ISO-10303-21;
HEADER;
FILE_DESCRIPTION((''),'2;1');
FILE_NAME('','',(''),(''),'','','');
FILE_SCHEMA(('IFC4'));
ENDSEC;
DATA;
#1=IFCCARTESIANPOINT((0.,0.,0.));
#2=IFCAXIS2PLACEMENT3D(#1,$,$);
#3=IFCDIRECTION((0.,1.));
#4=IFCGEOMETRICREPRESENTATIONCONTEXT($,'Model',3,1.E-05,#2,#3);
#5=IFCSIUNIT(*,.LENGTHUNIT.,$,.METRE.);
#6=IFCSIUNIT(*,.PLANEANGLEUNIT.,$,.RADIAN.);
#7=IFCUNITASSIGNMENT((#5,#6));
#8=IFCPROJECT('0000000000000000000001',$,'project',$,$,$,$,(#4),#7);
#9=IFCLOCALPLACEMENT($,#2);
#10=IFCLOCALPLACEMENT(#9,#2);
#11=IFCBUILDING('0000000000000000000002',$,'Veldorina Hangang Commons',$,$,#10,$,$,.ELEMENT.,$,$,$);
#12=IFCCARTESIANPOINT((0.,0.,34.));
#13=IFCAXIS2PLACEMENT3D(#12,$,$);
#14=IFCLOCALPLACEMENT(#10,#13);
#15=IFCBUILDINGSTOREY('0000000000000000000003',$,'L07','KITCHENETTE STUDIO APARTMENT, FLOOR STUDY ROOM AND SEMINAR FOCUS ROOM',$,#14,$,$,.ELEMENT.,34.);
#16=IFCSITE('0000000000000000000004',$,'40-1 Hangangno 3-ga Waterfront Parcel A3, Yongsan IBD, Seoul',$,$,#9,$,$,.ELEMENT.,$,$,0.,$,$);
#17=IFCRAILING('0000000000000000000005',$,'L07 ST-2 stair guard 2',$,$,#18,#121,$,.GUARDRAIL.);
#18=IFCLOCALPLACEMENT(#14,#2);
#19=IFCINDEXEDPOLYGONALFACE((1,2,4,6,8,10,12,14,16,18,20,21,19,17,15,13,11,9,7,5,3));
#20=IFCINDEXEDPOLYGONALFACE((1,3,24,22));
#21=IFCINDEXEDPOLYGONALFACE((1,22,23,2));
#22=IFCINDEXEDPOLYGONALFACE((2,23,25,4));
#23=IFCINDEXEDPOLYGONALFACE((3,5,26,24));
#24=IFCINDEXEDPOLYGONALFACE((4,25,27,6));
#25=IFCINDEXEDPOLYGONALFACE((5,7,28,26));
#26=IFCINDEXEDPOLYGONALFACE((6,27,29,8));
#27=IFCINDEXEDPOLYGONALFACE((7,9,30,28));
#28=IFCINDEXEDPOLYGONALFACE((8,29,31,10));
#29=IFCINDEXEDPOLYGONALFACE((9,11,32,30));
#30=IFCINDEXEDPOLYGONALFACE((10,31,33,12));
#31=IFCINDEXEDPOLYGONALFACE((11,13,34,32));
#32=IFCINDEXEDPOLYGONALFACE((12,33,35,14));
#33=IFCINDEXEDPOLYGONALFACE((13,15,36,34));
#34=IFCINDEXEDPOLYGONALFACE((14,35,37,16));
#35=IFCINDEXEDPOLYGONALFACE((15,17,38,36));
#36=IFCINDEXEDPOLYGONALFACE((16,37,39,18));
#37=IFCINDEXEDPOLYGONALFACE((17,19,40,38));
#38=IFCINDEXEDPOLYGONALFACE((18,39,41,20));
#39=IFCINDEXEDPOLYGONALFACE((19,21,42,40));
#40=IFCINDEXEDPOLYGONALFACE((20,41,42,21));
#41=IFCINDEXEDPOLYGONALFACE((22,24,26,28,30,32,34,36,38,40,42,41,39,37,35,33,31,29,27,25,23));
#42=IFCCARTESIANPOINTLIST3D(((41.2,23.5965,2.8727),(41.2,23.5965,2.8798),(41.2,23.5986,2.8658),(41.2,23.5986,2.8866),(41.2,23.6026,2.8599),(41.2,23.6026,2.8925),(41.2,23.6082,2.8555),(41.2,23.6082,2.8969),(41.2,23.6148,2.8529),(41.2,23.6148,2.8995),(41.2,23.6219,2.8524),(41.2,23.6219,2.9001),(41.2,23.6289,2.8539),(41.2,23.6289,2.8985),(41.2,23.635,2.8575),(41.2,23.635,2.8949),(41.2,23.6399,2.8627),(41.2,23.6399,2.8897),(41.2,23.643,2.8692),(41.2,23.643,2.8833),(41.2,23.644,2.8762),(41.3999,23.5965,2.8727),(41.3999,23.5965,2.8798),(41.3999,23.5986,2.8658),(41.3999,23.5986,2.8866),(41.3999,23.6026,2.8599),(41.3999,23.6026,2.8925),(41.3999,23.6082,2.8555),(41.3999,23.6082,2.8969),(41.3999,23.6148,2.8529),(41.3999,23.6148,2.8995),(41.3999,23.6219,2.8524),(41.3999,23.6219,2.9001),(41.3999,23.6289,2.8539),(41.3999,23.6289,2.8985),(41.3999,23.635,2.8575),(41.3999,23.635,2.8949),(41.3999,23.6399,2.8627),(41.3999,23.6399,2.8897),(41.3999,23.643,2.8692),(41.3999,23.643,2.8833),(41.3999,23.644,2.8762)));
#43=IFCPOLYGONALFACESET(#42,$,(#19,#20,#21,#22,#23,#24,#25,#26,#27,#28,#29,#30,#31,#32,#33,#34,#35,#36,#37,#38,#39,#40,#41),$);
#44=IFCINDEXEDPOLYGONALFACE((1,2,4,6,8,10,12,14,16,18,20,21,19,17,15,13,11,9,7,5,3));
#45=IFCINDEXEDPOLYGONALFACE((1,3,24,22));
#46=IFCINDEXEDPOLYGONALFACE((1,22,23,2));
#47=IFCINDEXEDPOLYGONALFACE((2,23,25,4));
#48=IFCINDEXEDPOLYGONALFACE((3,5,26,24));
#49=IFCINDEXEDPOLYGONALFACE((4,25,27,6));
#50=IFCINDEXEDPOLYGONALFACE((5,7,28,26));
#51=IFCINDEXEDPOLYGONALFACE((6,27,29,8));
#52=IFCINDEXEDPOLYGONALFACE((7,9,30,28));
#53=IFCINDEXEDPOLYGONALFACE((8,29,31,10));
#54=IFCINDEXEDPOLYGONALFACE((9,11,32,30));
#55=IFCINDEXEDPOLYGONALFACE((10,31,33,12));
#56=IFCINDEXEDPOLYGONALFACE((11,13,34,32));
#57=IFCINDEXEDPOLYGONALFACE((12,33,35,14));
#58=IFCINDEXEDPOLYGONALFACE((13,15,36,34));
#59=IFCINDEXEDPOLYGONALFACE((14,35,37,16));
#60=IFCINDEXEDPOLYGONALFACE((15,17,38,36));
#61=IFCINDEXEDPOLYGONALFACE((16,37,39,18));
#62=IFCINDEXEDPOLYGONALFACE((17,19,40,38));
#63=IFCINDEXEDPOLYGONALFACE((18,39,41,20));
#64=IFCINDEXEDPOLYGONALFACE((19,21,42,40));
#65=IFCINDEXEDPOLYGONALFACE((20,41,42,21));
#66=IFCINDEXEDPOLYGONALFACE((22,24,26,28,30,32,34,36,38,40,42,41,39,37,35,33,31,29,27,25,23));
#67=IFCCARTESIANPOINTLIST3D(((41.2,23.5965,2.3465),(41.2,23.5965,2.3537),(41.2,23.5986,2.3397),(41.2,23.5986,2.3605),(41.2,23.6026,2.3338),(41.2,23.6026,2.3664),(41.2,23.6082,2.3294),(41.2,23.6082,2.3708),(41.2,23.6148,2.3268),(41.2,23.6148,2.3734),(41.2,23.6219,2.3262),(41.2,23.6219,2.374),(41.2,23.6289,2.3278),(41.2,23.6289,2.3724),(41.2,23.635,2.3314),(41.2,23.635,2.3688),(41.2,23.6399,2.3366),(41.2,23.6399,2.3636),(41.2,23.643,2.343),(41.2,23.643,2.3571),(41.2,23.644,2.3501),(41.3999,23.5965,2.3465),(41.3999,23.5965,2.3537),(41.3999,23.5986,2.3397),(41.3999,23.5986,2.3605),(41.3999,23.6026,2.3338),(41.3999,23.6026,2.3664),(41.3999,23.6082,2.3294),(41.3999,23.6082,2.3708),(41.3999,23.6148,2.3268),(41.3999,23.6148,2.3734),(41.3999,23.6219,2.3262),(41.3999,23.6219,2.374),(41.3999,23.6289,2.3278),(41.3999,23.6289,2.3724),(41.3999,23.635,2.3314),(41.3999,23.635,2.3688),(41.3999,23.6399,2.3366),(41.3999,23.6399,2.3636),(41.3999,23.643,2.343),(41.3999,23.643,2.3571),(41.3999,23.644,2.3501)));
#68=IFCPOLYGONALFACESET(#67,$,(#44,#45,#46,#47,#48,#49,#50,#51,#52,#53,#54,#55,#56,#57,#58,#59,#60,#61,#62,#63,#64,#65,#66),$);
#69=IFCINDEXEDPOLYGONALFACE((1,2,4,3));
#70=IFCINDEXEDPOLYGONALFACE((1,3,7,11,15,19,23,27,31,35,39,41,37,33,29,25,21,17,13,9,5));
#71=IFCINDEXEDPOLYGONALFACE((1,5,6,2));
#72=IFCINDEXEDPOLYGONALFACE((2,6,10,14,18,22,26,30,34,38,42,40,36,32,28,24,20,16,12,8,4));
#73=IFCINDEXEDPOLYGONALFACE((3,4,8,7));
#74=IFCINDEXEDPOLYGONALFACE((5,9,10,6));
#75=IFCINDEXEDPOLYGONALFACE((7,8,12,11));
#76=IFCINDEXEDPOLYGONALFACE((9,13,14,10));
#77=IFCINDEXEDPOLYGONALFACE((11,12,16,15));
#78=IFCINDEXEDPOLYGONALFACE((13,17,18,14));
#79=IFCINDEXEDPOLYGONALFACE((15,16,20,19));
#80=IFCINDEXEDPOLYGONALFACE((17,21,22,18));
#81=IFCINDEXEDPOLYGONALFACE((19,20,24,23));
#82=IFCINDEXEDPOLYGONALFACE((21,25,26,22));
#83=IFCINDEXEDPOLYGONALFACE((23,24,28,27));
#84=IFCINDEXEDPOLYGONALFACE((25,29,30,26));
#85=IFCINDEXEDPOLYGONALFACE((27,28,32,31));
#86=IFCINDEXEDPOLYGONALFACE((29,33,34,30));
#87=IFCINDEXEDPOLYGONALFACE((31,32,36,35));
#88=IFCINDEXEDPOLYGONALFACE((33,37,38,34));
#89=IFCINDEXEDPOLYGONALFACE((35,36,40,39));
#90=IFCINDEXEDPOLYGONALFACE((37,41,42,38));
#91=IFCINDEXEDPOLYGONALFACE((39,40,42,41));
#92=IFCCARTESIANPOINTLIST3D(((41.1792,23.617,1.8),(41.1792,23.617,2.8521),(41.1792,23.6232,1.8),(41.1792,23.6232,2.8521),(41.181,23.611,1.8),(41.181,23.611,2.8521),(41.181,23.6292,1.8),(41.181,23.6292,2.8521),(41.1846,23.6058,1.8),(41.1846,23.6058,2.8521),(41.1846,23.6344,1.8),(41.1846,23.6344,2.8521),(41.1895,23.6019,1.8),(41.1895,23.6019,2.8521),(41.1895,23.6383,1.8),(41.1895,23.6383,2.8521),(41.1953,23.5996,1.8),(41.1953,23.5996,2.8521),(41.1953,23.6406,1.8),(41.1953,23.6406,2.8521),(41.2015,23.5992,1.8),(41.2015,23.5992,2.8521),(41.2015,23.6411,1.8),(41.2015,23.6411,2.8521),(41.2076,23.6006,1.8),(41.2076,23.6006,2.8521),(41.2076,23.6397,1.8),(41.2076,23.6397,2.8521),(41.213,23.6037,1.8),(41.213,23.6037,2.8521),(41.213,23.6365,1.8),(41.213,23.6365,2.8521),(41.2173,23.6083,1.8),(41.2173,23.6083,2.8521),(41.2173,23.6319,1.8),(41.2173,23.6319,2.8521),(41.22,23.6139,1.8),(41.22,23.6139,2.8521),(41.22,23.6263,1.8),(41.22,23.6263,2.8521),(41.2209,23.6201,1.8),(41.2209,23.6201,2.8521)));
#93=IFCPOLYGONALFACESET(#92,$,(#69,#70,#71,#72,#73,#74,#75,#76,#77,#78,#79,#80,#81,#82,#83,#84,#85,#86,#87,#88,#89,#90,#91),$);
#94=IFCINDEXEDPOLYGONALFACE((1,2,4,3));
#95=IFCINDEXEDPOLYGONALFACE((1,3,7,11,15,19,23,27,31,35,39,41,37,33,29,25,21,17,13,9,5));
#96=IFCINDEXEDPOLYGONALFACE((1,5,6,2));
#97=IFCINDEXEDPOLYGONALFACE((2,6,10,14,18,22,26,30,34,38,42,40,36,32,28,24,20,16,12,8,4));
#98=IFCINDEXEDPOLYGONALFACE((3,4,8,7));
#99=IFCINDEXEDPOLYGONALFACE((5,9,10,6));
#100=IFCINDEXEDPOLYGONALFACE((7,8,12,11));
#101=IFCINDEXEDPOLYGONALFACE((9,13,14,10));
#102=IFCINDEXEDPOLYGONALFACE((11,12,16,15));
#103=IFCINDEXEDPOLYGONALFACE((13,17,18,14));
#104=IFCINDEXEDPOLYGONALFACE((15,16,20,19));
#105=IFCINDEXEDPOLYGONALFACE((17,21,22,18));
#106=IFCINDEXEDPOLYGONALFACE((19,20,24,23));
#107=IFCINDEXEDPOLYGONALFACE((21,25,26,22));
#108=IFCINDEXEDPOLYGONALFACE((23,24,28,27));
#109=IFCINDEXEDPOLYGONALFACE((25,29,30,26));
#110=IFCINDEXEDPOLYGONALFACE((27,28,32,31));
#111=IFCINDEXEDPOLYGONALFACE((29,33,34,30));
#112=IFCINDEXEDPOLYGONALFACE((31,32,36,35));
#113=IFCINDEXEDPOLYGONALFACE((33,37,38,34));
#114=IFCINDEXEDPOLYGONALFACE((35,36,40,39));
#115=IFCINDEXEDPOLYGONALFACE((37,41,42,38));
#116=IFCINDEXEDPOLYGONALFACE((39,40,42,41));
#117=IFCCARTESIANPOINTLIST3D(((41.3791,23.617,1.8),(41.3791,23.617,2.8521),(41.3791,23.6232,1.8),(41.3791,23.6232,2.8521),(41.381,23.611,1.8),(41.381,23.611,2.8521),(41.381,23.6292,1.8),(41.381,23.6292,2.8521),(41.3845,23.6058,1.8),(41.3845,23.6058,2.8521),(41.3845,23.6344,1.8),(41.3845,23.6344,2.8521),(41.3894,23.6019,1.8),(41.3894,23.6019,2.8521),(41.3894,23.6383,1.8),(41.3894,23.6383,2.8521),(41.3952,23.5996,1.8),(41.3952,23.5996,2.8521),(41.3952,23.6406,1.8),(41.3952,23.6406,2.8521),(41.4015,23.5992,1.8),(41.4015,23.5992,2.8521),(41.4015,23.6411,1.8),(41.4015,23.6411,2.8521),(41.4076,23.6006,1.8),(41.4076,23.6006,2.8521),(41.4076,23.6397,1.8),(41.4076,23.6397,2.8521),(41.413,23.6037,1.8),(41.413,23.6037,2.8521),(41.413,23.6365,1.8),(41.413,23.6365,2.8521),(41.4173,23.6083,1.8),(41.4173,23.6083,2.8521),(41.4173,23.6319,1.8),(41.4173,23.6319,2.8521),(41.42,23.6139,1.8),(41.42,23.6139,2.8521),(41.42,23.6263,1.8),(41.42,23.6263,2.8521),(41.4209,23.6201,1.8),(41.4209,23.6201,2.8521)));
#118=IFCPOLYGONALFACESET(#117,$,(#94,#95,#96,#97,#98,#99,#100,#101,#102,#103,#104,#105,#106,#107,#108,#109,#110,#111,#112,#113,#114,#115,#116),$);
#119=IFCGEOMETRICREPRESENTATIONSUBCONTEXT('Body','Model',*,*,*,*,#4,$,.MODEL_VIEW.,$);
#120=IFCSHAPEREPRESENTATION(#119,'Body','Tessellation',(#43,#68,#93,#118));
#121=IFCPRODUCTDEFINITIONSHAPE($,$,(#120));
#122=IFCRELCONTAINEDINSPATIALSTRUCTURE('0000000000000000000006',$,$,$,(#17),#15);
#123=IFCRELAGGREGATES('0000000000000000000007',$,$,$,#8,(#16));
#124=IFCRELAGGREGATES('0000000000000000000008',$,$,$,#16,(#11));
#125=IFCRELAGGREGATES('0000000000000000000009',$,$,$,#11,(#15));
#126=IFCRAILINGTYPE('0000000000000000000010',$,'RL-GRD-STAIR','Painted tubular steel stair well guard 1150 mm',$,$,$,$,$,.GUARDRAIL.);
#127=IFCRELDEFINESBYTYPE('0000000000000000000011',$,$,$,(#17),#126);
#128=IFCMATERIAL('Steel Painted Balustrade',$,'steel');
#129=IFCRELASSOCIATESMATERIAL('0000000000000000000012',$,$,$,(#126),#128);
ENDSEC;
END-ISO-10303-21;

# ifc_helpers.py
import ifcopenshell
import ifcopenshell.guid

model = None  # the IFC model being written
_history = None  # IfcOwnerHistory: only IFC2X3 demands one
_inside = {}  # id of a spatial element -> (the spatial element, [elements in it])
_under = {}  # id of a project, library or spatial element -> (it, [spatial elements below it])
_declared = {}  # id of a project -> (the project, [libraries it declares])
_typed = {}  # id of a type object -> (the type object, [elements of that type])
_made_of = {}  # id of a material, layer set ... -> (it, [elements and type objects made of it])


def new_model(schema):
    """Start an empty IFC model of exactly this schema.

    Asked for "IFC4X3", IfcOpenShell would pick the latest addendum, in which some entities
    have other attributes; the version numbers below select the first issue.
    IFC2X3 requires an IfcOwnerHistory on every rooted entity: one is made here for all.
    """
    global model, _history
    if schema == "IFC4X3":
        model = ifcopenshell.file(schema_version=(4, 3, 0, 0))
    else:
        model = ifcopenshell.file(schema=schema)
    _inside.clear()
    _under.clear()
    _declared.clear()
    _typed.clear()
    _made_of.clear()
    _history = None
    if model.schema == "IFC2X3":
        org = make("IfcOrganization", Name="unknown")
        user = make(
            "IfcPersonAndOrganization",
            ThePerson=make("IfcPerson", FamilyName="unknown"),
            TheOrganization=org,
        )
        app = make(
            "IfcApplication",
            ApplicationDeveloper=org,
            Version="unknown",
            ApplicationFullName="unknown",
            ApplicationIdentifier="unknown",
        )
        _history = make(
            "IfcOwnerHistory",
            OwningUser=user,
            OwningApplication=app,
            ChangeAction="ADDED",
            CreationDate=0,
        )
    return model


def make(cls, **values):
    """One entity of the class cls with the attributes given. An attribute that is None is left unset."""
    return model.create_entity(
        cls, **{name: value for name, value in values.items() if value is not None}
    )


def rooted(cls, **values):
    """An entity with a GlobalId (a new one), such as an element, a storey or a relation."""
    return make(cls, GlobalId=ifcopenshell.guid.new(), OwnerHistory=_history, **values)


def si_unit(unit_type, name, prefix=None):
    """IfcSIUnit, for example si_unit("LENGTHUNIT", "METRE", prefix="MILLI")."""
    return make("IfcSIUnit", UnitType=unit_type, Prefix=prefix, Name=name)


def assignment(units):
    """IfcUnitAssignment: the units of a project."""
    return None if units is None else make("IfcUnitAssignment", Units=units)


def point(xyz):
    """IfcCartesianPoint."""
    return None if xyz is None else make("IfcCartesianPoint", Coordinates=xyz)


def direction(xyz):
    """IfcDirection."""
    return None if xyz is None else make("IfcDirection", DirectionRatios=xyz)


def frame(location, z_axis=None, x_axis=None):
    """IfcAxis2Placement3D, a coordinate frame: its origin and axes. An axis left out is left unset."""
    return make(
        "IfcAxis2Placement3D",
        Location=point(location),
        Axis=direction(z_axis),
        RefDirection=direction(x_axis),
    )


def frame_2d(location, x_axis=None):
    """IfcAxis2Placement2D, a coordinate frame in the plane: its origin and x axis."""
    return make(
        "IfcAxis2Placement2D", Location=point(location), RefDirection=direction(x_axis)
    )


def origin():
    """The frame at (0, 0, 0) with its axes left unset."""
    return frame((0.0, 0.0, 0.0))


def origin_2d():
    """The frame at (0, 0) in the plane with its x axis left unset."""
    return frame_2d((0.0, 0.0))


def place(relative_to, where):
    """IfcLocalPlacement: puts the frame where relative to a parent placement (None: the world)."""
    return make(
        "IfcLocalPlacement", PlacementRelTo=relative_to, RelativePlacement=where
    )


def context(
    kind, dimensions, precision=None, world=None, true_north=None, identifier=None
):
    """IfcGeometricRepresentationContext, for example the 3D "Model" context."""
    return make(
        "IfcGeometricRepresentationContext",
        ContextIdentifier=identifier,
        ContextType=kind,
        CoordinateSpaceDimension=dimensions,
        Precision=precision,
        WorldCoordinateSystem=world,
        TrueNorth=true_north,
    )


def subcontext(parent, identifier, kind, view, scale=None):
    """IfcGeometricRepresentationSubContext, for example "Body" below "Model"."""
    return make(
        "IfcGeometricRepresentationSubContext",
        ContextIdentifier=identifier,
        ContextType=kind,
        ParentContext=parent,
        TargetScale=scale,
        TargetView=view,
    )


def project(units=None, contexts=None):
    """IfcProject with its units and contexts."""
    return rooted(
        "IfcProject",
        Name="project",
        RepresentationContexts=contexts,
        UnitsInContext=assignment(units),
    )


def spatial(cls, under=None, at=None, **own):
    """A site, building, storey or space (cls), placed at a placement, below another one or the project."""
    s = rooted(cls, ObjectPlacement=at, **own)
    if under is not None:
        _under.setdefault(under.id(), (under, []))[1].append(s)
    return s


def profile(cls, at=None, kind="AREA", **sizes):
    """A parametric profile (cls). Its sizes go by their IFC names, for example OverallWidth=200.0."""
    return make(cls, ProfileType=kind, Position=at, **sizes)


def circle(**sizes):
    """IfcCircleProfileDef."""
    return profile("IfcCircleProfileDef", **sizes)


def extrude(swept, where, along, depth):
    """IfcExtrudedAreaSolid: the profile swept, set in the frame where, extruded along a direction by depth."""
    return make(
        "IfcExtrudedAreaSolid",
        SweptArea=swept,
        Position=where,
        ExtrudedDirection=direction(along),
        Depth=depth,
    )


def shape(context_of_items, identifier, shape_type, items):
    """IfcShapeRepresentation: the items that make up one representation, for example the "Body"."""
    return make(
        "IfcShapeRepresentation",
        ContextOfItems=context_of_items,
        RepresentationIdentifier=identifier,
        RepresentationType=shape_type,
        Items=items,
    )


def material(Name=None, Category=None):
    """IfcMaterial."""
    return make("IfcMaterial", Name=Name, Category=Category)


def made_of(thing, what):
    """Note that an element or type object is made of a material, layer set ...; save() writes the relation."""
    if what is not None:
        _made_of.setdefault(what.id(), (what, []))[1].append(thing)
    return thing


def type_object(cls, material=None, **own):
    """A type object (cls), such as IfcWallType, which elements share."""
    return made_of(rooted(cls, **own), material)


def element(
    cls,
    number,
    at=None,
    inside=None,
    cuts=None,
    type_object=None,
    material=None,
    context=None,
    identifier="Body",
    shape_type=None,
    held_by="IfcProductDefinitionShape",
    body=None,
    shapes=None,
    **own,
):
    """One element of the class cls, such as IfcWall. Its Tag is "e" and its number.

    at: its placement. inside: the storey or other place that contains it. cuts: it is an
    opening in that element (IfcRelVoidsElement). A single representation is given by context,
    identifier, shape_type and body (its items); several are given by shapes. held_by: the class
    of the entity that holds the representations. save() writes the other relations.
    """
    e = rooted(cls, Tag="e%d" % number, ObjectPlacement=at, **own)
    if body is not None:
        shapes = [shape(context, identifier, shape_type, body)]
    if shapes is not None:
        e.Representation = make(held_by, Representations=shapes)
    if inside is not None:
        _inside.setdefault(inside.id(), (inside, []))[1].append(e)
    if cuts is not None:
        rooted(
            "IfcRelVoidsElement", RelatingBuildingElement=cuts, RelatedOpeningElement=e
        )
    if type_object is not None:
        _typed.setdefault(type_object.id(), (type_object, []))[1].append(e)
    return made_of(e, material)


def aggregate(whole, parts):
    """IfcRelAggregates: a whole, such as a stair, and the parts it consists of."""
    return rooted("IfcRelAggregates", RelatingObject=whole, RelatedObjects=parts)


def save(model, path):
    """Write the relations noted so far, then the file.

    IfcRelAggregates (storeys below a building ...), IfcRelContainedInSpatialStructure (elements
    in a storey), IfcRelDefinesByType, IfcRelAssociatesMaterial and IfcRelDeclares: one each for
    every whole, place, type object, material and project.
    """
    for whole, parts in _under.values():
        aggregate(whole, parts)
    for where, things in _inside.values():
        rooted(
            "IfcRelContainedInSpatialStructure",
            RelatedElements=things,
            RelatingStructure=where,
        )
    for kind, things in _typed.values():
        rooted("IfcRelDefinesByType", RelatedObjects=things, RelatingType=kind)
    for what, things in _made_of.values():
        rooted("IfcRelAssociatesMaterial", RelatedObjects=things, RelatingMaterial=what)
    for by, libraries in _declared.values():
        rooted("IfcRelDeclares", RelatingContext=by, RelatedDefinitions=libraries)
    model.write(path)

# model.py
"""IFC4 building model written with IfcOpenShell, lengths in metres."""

from ifc_helpers import new_model, si_unit, direction, frame, origin, origin_2d, place, context, subcontext, project, spatial, circle, extrude, material, type_object, element, save


model = new_model("IFC4")

# Units and contexts
model_context = context("Model", 3, precision=1e-05, world=origin(), true_north=direction((0.0, 1.0)))
body_context = subcontext(model_context, "Body", "Model", "MODEL_VIEW")
ifc_project = project(units=[si_unit("LENGTHUNIT", "METRE"), si_unit("PLANEANGLEUNIT", "RADIAN")], contexts=[model_context])

# Site, building, storey
site_placement = place(None, origin())
site = spatial("IfcSite", under=ifc_project, at=site_placement, Name="40-1 Hangangno 3-ga Waterfront Parcel A3, Yongsan IBD, Seoul", CompositionType="ELEMENT", RefElevation=0.0)
building_placement = place(site_placement, origin())
building = spatial("IfcBuilding", under=site, at=building_placement, Name="Veldorina Hangang Commons", CompositionType="ELEMENT")
storey_placement = place(building_placement, frame((0.0, 0.0, 34.0)))
storey = spatial("IfcBuildingStorey", under=building, at=storey_placement, Name="L07", Description="KITCHENETTE STUDIO APARTMENT, FLOOR STUDY ROOM AND SEMINAR FOCUS ROOM", CompositionType="ELEMENT", Elevation=34.0)

# Railing
ifc_material_1 = material(Name="Steel Painted Balustrade", Category="steel")
railing_type_1 = type_object("IfcRailingType", Name="RL-GRD-STAIR", Description="Painted tubular steel stair well guard 1150 mm", PredefinedType="GUARDRAIL", material=ifc_material_1)
railing_1_placement = place(storey_placement, frame((41.2, 23.6201, 1.8)))
element("IfcRailing", 1, at=railing_1_placement, inside=storey, type_object=railing_type_1, Name="L07 ST-2 stair guard 2", PredefinedType="GUARDRAIL", context=body_context, shape_type="SweptSolid", body=[
    extrude(circle(Radius=0.0239, at=origin_2d()), frame((0.0, 0.0, 1.0762), z_axis=(1.0, 0.0, 0.0), x_axis=(0.0, 1.0, 0.0)), (0.0, 0.0, 1.0), 0.2),
    extrude(circle(Radius=0.0239, at=origin_2d()), frame((0.0, 0.0, 0.55), z_axis=(1.0, 0.0, 0.0), x_axis=(0.0, 1.0, 0.0)), (0.0, 0.0, 1.0), 0.2),
    extrude(circle(Radius=0.021, at=origin_2d()), origin(), (0.0, 0.0, 1.0), 1.052),
    extrude(circle(Radius=0.021, at=origin_2d()), frame((0.2, 0.0, 0.0)), (0.0, 0.0, 1.0), 1.052),
])

save(model, "model.ifc")
